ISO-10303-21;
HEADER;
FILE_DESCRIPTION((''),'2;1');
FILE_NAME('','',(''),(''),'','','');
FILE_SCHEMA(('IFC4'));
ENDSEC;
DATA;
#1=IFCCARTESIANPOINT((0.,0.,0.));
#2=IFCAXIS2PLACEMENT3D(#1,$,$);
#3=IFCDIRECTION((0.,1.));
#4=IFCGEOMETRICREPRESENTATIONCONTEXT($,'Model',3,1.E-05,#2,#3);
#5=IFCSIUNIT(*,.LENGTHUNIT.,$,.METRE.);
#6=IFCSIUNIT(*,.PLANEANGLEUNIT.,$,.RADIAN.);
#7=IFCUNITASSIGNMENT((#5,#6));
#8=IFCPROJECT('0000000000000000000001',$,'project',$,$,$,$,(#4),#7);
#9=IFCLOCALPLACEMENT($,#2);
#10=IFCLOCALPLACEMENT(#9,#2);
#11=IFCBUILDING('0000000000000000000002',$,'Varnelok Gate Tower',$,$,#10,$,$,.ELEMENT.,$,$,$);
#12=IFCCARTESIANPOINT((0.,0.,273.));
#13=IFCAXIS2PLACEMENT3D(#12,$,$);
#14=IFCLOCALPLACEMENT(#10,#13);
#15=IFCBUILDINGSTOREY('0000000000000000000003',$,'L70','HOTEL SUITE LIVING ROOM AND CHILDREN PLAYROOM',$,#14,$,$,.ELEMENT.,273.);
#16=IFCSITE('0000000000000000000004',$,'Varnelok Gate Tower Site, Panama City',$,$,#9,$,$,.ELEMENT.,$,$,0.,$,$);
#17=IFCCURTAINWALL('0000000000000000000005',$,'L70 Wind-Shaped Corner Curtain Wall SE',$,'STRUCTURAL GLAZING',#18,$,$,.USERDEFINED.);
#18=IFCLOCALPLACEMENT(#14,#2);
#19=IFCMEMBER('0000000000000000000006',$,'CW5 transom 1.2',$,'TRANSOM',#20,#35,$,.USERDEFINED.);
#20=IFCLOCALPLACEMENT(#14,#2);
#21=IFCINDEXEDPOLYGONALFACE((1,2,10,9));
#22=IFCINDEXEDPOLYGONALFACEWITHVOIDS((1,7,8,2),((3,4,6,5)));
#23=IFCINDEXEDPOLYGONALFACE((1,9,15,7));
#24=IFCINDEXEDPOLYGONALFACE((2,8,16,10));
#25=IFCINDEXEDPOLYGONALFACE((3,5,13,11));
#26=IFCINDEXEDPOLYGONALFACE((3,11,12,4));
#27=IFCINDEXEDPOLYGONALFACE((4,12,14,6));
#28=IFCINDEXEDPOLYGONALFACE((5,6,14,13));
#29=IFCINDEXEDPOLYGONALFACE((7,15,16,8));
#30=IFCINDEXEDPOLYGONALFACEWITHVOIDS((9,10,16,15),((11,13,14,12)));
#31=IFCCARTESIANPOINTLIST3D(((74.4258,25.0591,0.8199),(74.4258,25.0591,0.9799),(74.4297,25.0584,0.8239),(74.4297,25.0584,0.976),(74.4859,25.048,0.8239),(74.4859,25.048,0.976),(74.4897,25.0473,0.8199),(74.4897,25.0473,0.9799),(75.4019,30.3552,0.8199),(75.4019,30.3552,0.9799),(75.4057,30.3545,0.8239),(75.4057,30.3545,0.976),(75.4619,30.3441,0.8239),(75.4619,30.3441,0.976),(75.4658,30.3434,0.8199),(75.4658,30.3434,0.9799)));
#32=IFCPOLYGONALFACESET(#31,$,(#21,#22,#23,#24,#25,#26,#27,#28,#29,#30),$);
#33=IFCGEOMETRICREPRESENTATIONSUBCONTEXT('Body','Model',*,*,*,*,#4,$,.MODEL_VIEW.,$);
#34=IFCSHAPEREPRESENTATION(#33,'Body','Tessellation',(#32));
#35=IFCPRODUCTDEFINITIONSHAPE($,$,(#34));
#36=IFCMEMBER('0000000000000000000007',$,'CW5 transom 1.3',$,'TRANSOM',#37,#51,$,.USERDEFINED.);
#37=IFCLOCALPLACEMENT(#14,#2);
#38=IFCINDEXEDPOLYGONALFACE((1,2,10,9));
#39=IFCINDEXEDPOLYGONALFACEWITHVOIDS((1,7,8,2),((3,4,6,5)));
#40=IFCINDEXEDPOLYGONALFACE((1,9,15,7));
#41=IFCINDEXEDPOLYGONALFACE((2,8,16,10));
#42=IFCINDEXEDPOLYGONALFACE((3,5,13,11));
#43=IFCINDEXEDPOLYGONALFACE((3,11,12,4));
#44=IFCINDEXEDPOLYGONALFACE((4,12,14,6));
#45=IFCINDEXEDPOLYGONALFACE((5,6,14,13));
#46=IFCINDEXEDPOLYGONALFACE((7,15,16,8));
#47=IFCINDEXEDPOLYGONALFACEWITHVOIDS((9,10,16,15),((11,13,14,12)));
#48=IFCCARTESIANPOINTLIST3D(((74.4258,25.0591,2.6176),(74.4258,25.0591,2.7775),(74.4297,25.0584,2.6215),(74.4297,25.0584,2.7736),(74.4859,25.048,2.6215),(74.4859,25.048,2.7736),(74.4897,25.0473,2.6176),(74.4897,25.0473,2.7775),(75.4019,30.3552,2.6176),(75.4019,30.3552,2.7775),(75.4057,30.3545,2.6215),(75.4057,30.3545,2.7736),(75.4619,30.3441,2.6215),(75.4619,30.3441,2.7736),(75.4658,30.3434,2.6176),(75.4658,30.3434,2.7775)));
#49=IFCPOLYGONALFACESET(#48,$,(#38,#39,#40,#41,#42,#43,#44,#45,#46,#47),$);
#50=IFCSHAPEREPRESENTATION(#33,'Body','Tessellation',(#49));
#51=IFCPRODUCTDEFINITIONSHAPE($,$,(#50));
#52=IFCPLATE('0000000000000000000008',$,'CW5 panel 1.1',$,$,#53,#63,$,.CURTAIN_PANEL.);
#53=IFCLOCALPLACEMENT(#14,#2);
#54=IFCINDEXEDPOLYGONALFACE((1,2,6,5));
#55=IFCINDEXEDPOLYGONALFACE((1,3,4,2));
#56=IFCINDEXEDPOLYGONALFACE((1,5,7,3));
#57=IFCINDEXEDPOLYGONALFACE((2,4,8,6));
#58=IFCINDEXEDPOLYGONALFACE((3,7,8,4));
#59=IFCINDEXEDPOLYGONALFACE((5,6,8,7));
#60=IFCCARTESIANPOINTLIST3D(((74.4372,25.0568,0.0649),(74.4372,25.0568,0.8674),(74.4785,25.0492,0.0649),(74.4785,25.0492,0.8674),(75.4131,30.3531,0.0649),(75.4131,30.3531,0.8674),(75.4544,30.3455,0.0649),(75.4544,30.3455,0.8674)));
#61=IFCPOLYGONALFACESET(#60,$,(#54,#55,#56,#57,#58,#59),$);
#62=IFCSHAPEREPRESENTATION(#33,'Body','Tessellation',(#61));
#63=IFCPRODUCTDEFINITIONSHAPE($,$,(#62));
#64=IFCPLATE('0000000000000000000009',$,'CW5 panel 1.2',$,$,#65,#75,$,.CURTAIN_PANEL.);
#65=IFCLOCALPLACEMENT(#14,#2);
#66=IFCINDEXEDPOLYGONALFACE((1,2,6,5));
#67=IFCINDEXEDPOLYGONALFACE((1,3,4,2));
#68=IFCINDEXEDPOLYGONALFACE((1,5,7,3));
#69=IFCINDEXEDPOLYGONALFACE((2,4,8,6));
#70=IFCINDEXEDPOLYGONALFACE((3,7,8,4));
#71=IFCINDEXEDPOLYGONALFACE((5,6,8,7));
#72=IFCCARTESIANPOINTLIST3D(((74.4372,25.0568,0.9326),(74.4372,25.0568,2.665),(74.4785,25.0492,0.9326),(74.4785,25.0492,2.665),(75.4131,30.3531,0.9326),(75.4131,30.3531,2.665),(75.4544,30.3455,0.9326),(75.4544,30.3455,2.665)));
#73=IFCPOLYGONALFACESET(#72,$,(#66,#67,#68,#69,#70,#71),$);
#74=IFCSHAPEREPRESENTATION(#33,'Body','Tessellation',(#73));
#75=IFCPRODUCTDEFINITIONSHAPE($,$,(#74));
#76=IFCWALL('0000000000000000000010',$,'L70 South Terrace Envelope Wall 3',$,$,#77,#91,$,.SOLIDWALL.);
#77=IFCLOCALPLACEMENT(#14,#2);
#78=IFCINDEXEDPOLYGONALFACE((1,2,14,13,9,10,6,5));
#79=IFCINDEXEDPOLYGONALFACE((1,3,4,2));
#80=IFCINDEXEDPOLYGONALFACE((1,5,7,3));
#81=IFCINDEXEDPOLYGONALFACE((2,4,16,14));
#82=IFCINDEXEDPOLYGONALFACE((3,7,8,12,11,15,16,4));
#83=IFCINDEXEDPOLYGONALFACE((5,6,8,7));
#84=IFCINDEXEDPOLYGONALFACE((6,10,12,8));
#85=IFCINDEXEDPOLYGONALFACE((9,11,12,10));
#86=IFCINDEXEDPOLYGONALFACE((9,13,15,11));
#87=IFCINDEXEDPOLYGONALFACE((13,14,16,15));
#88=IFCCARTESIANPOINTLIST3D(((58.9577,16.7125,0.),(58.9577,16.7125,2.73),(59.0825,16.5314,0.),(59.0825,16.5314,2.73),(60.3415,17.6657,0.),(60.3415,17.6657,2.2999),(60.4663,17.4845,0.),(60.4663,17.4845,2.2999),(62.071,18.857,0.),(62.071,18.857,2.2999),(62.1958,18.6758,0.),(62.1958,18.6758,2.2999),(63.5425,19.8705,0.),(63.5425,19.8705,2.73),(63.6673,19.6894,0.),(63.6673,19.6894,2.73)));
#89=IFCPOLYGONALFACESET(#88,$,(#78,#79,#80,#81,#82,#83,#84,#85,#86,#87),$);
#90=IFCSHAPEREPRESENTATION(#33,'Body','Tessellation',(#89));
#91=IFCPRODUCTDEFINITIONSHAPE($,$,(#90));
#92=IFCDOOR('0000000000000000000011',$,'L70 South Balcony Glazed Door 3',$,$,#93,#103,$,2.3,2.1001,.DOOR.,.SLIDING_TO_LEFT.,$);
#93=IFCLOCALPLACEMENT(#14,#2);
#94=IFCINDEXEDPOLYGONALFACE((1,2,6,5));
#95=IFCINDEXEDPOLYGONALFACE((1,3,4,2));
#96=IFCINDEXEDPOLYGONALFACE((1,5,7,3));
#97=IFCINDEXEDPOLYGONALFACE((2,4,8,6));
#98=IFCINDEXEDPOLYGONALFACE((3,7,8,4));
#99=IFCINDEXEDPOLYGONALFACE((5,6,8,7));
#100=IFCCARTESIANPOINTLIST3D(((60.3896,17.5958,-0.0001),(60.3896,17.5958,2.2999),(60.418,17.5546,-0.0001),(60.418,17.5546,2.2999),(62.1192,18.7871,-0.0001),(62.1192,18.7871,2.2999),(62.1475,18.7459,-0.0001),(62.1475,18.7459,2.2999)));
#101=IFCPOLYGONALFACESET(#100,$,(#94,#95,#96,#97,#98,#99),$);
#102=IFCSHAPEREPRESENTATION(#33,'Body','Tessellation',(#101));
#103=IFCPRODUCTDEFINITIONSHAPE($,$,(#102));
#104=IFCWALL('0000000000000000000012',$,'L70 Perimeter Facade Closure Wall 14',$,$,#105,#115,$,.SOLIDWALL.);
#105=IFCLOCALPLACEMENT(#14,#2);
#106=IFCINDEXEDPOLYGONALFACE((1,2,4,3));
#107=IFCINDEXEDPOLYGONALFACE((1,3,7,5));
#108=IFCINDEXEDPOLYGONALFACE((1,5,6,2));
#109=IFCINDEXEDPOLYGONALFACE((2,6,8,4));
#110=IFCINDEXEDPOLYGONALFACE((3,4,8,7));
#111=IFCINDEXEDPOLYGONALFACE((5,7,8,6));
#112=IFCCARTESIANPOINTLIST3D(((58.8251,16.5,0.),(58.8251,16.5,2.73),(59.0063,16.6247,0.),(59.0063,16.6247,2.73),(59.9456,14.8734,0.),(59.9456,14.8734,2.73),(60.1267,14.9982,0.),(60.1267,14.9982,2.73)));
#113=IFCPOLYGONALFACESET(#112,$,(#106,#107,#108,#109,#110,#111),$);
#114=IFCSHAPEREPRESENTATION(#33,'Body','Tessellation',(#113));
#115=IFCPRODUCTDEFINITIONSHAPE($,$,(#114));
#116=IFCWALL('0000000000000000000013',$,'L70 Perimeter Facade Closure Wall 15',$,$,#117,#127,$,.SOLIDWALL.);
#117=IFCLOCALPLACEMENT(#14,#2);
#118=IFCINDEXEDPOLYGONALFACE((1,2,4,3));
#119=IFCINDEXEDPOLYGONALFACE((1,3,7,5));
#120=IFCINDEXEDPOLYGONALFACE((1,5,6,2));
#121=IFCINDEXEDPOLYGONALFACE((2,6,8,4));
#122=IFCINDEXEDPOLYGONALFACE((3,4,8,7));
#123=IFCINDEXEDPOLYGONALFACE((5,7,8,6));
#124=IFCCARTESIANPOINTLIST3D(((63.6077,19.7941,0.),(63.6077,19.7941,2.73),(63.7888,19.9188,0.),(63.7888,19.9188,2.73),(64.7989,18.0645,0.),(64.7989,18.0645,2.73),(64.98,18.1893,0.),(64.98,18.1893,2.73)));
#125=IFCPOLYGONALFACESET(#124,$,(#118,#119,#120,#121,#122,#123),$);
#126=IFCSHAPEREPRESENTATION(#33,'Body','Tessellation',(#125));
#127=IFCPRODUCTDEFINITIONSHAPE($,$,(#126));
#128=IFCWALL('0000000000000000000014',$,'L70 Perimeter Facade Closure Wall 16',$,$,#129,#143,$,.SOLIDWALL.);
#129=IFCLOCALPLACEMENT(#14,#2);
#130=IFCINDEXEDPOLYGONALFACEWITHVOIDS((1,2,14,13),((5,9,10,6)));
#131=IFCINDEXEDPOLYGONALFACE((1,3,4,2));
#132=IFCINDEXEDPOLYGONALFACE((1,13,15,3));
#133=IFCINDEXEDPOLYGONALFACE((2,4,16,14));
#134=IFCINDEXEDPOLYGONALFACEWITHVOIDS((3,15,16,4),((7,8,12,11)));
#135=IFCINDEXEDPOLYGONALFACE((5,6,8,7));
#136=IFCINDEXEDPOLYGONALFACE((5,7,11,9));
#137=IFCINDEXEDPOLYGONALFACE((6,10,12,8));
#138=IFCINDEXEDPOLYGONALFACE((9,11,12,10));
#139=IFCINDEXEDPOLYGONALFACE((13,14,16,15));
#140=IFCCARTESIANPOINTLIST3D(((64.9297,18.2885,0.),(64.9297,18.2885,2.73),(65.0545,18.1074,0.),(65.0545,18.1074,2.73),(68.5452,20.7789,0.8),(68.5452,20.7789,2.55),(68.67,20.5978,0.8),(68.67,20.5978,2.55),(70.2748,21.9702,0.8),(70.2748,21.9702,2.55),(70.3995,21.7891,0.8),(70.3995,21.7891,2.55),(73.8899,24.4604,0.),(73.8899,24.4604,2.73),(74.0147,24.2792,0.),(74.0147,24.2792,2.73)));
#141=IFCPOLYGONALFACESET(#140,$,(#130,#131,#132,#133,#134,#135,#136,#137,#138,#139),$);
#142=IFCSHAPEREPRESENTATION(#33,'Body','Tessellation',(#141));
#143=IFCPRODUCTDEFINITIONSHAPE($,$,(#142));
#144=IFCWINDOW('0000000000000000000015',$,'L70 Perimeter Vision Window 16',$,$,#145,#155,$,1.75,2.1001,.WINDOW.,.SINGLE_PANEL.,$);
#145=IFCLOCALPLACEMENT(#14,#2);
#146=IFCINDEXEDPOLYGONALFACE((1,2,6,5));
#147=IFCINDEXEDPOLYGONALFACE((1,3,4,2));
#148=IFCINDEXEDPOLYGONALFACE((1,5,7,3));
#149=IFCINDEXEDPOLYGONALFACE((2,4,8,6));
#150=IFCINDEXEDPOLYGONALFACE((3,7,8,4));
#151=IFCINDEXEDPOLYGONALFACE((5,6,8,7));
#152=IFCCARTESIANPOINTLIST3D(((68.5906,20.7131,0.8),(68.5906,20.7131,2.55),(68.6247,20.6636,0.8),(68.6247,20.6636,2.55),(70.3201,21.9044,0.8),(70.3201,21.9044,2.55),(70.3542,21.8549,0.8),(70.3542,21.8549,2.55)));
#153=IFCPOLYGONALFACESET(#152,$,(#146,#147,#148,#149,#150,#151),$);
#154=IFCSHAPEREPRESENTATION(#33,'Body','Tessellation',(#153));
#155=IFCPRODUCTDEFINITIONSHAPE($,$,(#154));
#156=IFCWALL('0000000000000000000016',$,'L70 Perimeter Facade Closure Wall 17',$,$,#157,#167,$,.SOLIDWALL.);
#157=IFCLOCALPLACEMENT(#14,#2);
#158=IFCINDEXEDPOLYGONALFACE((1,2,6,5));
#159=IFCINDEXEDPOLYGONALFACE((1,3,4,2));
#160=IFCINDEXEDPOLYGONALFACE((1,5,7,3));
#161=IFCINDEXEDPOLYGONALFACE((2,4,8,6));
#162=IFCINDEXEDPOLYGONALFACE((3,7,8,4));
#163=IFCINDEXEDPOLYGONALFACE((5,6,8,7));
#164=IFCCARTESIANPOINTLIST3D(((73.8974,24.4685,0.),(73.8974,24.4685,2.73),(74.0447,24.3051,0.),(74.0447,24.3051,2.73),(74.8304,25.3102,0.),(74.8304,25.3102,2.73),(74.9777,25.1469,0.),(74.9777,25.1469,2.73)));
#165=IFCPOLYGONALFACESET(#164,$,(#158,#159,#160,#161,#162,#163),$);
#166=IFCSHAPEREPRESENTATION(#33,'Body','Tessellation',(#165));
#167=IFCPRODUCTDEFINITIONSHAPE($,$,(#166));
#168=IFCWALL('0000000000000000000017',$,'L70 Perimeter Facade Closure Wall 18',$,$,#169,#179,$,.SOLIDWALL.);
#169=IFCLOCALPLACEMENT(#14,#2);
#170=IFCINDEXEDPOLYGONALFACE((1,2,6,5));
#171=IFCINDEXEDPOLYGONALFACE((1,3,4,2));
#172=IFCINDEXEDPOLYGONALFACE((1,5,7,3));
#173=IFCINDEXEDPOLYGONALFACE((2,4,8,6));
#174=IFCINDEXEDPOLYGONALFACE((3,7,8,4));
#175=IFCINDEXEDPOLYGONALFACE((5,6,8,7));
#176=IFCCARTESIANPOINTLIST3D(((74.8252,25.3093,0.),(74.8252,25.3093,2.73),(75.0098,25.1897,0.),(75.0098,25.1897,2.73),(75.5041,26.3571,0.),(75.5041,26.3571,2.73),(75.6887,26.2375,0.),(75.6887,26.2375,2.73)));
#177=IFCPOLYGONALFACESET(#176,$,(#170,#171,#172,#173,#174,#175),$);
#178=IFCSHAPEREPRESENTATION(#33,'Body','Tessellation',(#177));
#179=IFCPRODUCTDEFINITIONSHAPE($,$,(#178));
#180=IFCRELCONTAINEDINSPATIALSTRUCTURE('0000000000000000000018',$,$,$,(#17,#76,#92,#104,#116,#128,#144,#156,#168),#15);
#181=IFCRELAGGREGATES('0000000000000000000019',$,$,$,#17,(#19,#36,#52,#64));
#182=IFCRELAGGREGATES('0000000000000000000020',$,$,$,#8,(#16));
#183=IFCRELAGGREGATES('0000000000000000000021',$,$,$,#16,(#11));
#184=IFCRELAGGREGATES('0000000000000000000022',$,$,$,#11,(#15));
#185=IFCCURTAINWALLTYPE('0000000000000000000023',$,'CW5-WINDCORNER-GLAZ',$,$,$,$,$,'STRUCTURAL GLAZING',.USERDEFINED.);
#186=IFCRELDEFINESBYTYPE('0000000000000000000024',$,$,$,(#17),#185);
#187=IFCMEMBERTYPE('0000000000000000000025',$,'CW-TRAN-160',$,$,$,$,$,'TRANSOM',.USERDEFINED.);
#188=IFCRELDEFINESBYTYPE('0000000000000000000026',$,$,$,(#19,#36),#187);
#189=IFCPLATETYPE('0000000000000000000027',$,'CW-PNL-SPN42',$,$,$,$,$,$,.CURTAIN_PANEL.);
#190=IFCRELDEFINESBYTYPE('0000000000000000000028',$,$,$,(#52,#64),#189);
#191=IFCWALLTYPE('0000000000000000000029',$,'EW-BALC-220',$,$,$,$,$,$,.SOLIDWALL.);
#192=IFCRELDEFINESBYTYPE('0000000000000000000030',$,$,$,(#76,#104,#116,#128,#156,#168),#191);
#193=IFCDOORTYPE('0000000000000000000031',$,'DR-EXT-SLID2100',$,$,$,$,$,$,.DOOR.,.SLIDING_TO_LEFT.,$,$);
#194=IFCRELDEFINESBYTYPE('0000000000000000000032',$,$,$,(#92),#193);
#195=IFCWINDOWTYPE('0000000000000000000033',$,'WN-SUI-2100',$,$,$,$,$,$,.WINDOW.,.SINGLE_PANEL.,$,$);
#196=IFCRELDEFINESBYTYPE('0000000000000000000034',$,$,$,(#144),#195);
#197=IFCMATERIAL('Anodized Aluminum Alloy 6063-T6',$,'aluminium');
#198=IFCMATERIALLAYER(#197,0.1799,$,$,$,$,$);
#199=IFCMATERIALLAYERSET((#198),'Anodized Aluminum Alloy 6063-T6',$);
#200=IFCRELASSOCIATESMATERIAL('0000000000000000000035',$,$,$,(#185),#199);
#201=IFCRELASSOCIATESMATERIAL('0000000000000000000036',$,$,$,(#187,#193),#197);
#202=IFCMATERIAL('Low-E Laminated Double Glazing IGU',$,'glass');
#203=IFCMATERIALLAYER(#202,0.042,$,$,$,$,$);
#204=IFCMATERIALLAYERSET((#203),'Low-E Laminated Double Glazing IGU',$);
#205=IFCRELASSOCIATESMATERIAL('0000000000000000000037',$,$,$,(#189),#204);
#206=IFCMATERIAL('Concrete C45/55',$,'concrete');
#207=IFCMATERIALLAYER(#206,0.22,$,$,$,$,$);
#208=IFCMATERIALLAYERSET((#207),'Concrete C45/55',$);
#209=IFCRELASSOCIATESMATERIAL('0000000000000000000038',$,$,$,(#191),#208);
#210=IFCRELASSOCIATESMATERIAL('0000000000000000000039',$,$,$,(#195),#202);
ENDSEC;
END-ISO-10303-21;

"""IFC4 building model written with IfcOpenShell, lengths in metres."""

from ifc_helpers import new_model, si_unit, direction, frame, frame_2d, origin, origin_2d, place, context, subcontext, project, spatial, rectangle, hollow_rectangle, extrude, source, transform, mapped, material, layer, layer_set, material_profile, profile_set, type_object, element, fill, aggregate, save


model = new_model("IFC4")

# Units and contexts
model_context = context("Model", 3, precision=1e-05, world=origin(), true_north=direction((0.0, 1.0)))
body_context = subcontext(model_context, "Body", "Model", "MODEL_VIEW")
ifc_project = project(units=[si_unit("LENGTHUNIT", "METRE"), si_unit("PLANEANGLEUNIT", "RADIAN")], contexts=[model_context])

# Site, building, storey
site_placement = place(None, origin())
site = spatial("IfcSite", under=ifc_project, at=site_placement, Name="Varnelok Gate Tower Site, Panama City", CompositionType="ELEMENT", RefElevation=0.0)
building_placement = place(site_placement, origin())
building = spatial("IfcBuilding", under=site, at=building_placement, Name="Varnelok Gate Tower", CompositionType="ELEMENT")
storey_placement = place(building_placement, frame((0.0, 0.0, 273.0)))
storey = spatial("IfcBuildingStorey", under=building, at=storey_placement, Name="L70", Description="HOTEL SUITE LIVING ROOM AND CHILDREN PLAYROOM", CompositionType="ELEMENT", Elevation=273.0)

# Curtain wall, members, plates
ifc_material_1 = material(Name="Anodized Aluminum Alloy 6063-T6", Category="aluminium")
ifc_layer_1 = layer(ifc_material_1, 0.1799)
ifc_layer_set_1 = layer_set([ifc_layer_1], Name="Anodized Aluminum Alloy 6063-T6")
curtain_wall_type = type_object("IfcCurtainWallType", Name="CW5-WINDCORNER-GLAZ", ElementType="STRUCTURAL GLAZING", PredefinedType="USERDEFINED", material=ifc_layer_set_1)
curtain_wall_placement = place(storey_placement, origin())
curtain_wall = element("IfcCurtainWall", 1, at=curtain_wall_placement, inside=storey, type_object=curtain_wall_type, Name="L70 Wind-Shaped Corner Curtain Wall SE", ObjectType="STRUCTURAL GLAZING", PredefinedType="USERDEFINED")
ifc_material_profile_1 = material_profile(ifc_material_1, hollow_rectangle(XDim=0.0649, YDim=0.1599, WallThickness=0.0039, at=origin_2d()), Name="ALU160X65X4")
ifc_profile_set_1 = profile_set([ifc_material_profile_1], Name="Anodized Aluminum Alloy 6063-T6")
member_type_1 = type_object("IfcMemberType", Name="CW-TRAN-160", ElementType="TRANSOM", PredefinedType="USERDEFINED", material=ifc_profile_set_1)
member_1_placement = place(storey_placement, frame((74.4578, 25.0532, 0.8999), z_axis=(0.181247, 0.983438, 0.0), x_axis=(-0.983438, 0.181247, 0.0)))
member_1 = element("IfcMember", 2, at=member_1_placement, type_object=member_type_1, Name="CW5 transom 1.2", ObjectType="TRANSOM", PredefinedType="USERDEFINED", context=body_context, shape_type="SweptSolid", body=[
    extrude(hollow_rectangle(XDim=0.0649, YDim=0.1599, WallThickness=0.0039, at=origin_2d()), origin(), (0.0, 0.0, 1.0), 5.3853),
])
member_2_placement = place(storey_placement, frame((74.4578, 25.0532, 2.6975), z_axis=(0.181247, 0.983438, 0.0), x_axis=(-0.983438, 0.181247, 0.0)))
member_2 = element("IfcMember", 3, at=member_2_placement, type_object=member_type_1, Name="CW5 transom 1.3", ObjectType="TRANSOM", PredefinedType="USERDEFINED", context=body_context, shape_type="SweptSolid", body=[
    extrude(hollow_rectangle(XDim=0.0649, YDim=0.1599, WallThickness=0.0039, at=origin_2d()), origin(), (0.0, 0.0, 1.0), 5.3853),
])
ifc_material_2 = material(Name="Low-E Laminated Double Glazing IGU", Category="glass")
ifc_layer_2 = layer(ifc_material_2, 0.042)
ifc_layer_set_2 = layer_set([ifc_layer_2], Name="Low-E Laminated Double Glazing IGU")
plate_type = type_object("IfcPlateType", Name="CW-PNL-SPN42", PredefinedType="CURTAIN_PANEL", material=ifc_layer_set_2)
shared_shape_1 = source(origin(), body_context, "Body", "SweptSolid", [
    extrude(rectangle(XDim=5.3855, YDim=0.042, at=origin_2d()), origin(), (0.0, 0.0, 1.0), 0.8025),
])
plate_1_placement = place(storey_placement, frame((74.9458, 27.7012, 0.0649), z_axis=(0.0, 0.0, 1.0), x_axis=(0.181202, 0.983446, 0.0)))
plate_1 = element("IfcPlate", 4, at=plate_1_placement, type_object=plate_type, Name="CW5 panel 1.1", PredefinedType="CURTAIN_PANEL", context=body_context, shape_type="MappedRepresentation", body=[
    mapped(shared_shape_1, transform((0.0, 0.0, 0.0), scale=1.0)),
])
shared_shape_2 = source(origin(), body_context, "Body", "SweptSolid", [
    extrude(rectangle(XDim=5.3855, YDim=0.042, at=origin_2d()), origin(), (0.0, 0.0, 1.0), 1.7324),
])
plate_2_placement = place(storey_placement, frame((74.9458, 27.7012, 0.9326), z_axis=(0.0, 0.0, 1.0), x_axis=(0.181202, 0.983446, 0.0)))
plate_2 = element("IfcPlate", 5, at=plate_2_placement, type_object=plate_type, Name="CW5 panel 1.2", PredefinedType="CURTAIN_PANEL", context=body_context, shape_type="MappedRepresentation", body=[
    mapped(shared_shape_2, transform((0.0, 0.0, 0.0), scale=1.0)),
])
aggregate(curtain_wall, [member_1, member_2, plate_1, plate_2])

# Wall, opening, door
ifc_material_3 = material(Name="Concrete C45/55", Category="concrete")
ifc_layer_3 = layer(ifc_material_3, 0.22)
ifc_layer_set_3 = layer_set([ifc_layer_3], Name="Concrete C45/55")
wall_type = type_object("IfcWallType", Name="EW-BALC-220", PredefinedType="SOLIDWALL", material=ifc_layer_set_3)
wall_1_placement = place(storey_placement, frame((63.605, 19.78, 0.0), z_axis=(0.0, 0.0, 1.0), x_axis=(-0.823541, -0.567256, 0.0)))
wall_1 = element("IfcWall", 6, at=wall_1_placement, inside=storey, type_object=wall_type, Name="L70 South Terrace Envelope Wall 3", PredefinedType="SOLIDWALL", context=body_context, shape_type="SweptSolid", body=[
    extrude(rectangle(XDim=5.5671, YDim=0.22, at=frame_2d((2.7837, 0.0))), origin(), (0.0, 0.0, 1.0), 2.73),
])
opening_1_placement = place(wall_1_placement, frame((1.7869, 0.0, 0.0)))
opening_1 = element("IfcOpeningElement", 7, at=opening_1_placement, cuts=wall_1, PredefinedType="OPENING", context=body_context, shape_type="SweptSolid", body=[
    extrude(rectangle(XDim=2.1001, YDim=2.3, at=frame_2d((1.05, 1.1499))), frame((0.0, 0.1199, 0.0), z_axis=(0.0, -1.0, 0.0), x_axis=(1.0, 0.0, 0.0)), (0.0, 0.0, 1.0), 0.24),
])
door_type = type_object("IfcDoorType", Name="DR-EXT-SLID2100", OperationType="SLIDING_TO_LEFT", PredefinedType="DOOR", material=ifc_material_1)
door_placement = place(opening_1_placement, origin())
door = element("IfcDoor", 8, at=door_placement, inside=storey, type_object=door_type, Name="L70 South Balcony Glazed Door 3", OperationType="SLIDING_TO_LEFT", OverallHeight=2.3, OverallWidth=2.1001, PredefinedType="DOOR", context=body_context, shape_type="SweptSolid", body=[
    extrude(rectangle(XDim=2.1001, YDim=2.3, at=frame_2d((1.05, 1.1499))), frame((0.0, 0.0249, 0.0), z_axis=(0.0, -1.0, 0.0), x_axis=(1.0, 0.0, 0.0)), (0.0, 0.0, 1.0), 0.05),
])
fill(opening_1, door)

# Walls
wall_2_placement = place(storey_placement, frame((60.0361, 14.9358, 0.0), z_axis=(0.0, 0.0, 1.0), x_axis=(-0.567274, 0.823529, 0.0)))
element("IfcWall", 9, at=wall_2_placement, inside=storey, type_object=wall_type, Name="L70 Perimeter Facade Closure Wall 14", PredefinedType="SOLIDWALL", context=body_context, shape_type="SweptSolid", body=[
    extrude(rectangle(XDim=1.9751, YDim=0.22, at=frame_2d((0.9875, 0.0))), origin(), (0.0, 0.0, 1.0), 2.73),
])
wall_3_placement = place(storey_placement, frame((63.6982, 19.8564, 0.0), z_axis=(0.0, 0.0, 1.0), x_axis=(0.567219, -0.823567, 0.0)))
element("IfcWall", 10, at=wall_3_placement, inside=storey, type_object=wall_type, Name="L70 Perimeter Facade Closure Wall 15", PredefinedType="SOLIDWALL", context=body_context, shape_type="SweptSolid", body=[
    extrude(rectangle(XDim=2.1001, YDim=0.22, at=frame_2d((1.05, 0.0))), origin(), (0.0, 0.0, 1.0), 2.73),
])

# Wall, opening, window
wall_4_placement = place(storey_placement, frame((64.9922, 18.198, 0.0), z_axis=(0.0, 0.0, 1.0), x_axis=(0.823538, 0.567261, 0.0)))
wall_4 = element("IfcWall", 11, at=wall_4_placement, inside=storey, type_object=wall_type, Name="L70 Perimeter Facade Closure Wall 16", PredefinedType="SOLIDWALL", context=body_context, shape_type="SweptSolid", body=[
    extrude(rectangle(XDim=10.8801, YDim=0.22, at=frame_2d((5.4399, 0.0))), origin(), (0.0, 0.0, 1.0), 2.73),
])
opening_2_placement = place(wall_4_placement, frame((4.3901, 0.0, 0.8)))
opening_2 = element("IfcOpeningElement", 12, at=opening_2_placement, cuts=wall_4, PredefinedType="OPENING", context=body_context, shape_type="SweptSolid", body=[
    extrude(rectangle(XDim=2.1001, YDim=1.75, at=frame_2d((1.05, 0.875))), frame((0.0, 0.1199, 0.0), z_axis=(0.0, -1.0, 0.0), x_axis=(1.0, 0.0, 0.0)), (0.0, 0.0, 1.0), 0.24),
])
window_type = type_object("IfcWindowType", Name="WN-SUI-2100", PartitioningType="SINGLE_PANEL", PredefinedType="WINDOW", material=ifc_material_2)
window_placement = place(opening_2_placement, origin())
window = element("IfcWindow", 13, at=window_placement, inside=storey, type_object=window_type, Name="L70 Perimeter Vision Window 16", OverallHeight=1.75, OverallWidth=2.1001, PartitioningType="SINGLE_PANEL", PredefinedType="WINDOW", context=body_context, shape_type="SweptSolid", body=[
    extrude(rectangle(XDim=2.1001, YDim=1.75, at=frame_2d((1.05, 0.875))), frame((0.0, 0.03, 0.0), z_axis=(0.0, -1.0, 0.0), x_axis=(1.0, 0.0, 0.0)), (0.0, 0.0, 1.0), 0.0601),
])
fill(opening_2, window)

# Walls
wall_5_placement = place(storey_placement, frame((73.9709, 24.3867, 0.0), z_axis=(0.0, 0.0, 1.0), x_axis=(0.742502, 0.669844, 0.0)))
element("IfcWall", 14, at=wall_5_placement, inside=storey, type_object=wall_type, Name="L70 Perimeter Facade Closure Wall 17", PredefinedType="SOLIDWALL", context=body_context, shape_type="SweptSolid", body=[
    extrude(rectangle(XDim=1.2566, YDim=0.22, at=frame_2d((0.6284, 0.0))), origin(), (0.0, 0.0, 1.0), 2.73),
])
wall_6_placement = place(storey_placement, frame((74.9175, 25.2495, 0.0), z_axis=(0.0, 0.0, 1.0), x_axis=(0.543778, 0.839229, 0.0)))
element("IfcWall", 15, at=wall_6_placement, inside=storey, type_object=wall_type, Name="L70 Perimeter Facade Closure Wall 18", PredefinedType="SOLIDWALL", context=body_context, shape_type="SweptSolid", body=[
    extrude(rectangle(XDim=1.2485, YDim=0.22, at=frame_2d((0.6243, 0.0))), origin(), (0.0, 0.0, 1.0), 2.73),
])

save(model, "model.ifc")
